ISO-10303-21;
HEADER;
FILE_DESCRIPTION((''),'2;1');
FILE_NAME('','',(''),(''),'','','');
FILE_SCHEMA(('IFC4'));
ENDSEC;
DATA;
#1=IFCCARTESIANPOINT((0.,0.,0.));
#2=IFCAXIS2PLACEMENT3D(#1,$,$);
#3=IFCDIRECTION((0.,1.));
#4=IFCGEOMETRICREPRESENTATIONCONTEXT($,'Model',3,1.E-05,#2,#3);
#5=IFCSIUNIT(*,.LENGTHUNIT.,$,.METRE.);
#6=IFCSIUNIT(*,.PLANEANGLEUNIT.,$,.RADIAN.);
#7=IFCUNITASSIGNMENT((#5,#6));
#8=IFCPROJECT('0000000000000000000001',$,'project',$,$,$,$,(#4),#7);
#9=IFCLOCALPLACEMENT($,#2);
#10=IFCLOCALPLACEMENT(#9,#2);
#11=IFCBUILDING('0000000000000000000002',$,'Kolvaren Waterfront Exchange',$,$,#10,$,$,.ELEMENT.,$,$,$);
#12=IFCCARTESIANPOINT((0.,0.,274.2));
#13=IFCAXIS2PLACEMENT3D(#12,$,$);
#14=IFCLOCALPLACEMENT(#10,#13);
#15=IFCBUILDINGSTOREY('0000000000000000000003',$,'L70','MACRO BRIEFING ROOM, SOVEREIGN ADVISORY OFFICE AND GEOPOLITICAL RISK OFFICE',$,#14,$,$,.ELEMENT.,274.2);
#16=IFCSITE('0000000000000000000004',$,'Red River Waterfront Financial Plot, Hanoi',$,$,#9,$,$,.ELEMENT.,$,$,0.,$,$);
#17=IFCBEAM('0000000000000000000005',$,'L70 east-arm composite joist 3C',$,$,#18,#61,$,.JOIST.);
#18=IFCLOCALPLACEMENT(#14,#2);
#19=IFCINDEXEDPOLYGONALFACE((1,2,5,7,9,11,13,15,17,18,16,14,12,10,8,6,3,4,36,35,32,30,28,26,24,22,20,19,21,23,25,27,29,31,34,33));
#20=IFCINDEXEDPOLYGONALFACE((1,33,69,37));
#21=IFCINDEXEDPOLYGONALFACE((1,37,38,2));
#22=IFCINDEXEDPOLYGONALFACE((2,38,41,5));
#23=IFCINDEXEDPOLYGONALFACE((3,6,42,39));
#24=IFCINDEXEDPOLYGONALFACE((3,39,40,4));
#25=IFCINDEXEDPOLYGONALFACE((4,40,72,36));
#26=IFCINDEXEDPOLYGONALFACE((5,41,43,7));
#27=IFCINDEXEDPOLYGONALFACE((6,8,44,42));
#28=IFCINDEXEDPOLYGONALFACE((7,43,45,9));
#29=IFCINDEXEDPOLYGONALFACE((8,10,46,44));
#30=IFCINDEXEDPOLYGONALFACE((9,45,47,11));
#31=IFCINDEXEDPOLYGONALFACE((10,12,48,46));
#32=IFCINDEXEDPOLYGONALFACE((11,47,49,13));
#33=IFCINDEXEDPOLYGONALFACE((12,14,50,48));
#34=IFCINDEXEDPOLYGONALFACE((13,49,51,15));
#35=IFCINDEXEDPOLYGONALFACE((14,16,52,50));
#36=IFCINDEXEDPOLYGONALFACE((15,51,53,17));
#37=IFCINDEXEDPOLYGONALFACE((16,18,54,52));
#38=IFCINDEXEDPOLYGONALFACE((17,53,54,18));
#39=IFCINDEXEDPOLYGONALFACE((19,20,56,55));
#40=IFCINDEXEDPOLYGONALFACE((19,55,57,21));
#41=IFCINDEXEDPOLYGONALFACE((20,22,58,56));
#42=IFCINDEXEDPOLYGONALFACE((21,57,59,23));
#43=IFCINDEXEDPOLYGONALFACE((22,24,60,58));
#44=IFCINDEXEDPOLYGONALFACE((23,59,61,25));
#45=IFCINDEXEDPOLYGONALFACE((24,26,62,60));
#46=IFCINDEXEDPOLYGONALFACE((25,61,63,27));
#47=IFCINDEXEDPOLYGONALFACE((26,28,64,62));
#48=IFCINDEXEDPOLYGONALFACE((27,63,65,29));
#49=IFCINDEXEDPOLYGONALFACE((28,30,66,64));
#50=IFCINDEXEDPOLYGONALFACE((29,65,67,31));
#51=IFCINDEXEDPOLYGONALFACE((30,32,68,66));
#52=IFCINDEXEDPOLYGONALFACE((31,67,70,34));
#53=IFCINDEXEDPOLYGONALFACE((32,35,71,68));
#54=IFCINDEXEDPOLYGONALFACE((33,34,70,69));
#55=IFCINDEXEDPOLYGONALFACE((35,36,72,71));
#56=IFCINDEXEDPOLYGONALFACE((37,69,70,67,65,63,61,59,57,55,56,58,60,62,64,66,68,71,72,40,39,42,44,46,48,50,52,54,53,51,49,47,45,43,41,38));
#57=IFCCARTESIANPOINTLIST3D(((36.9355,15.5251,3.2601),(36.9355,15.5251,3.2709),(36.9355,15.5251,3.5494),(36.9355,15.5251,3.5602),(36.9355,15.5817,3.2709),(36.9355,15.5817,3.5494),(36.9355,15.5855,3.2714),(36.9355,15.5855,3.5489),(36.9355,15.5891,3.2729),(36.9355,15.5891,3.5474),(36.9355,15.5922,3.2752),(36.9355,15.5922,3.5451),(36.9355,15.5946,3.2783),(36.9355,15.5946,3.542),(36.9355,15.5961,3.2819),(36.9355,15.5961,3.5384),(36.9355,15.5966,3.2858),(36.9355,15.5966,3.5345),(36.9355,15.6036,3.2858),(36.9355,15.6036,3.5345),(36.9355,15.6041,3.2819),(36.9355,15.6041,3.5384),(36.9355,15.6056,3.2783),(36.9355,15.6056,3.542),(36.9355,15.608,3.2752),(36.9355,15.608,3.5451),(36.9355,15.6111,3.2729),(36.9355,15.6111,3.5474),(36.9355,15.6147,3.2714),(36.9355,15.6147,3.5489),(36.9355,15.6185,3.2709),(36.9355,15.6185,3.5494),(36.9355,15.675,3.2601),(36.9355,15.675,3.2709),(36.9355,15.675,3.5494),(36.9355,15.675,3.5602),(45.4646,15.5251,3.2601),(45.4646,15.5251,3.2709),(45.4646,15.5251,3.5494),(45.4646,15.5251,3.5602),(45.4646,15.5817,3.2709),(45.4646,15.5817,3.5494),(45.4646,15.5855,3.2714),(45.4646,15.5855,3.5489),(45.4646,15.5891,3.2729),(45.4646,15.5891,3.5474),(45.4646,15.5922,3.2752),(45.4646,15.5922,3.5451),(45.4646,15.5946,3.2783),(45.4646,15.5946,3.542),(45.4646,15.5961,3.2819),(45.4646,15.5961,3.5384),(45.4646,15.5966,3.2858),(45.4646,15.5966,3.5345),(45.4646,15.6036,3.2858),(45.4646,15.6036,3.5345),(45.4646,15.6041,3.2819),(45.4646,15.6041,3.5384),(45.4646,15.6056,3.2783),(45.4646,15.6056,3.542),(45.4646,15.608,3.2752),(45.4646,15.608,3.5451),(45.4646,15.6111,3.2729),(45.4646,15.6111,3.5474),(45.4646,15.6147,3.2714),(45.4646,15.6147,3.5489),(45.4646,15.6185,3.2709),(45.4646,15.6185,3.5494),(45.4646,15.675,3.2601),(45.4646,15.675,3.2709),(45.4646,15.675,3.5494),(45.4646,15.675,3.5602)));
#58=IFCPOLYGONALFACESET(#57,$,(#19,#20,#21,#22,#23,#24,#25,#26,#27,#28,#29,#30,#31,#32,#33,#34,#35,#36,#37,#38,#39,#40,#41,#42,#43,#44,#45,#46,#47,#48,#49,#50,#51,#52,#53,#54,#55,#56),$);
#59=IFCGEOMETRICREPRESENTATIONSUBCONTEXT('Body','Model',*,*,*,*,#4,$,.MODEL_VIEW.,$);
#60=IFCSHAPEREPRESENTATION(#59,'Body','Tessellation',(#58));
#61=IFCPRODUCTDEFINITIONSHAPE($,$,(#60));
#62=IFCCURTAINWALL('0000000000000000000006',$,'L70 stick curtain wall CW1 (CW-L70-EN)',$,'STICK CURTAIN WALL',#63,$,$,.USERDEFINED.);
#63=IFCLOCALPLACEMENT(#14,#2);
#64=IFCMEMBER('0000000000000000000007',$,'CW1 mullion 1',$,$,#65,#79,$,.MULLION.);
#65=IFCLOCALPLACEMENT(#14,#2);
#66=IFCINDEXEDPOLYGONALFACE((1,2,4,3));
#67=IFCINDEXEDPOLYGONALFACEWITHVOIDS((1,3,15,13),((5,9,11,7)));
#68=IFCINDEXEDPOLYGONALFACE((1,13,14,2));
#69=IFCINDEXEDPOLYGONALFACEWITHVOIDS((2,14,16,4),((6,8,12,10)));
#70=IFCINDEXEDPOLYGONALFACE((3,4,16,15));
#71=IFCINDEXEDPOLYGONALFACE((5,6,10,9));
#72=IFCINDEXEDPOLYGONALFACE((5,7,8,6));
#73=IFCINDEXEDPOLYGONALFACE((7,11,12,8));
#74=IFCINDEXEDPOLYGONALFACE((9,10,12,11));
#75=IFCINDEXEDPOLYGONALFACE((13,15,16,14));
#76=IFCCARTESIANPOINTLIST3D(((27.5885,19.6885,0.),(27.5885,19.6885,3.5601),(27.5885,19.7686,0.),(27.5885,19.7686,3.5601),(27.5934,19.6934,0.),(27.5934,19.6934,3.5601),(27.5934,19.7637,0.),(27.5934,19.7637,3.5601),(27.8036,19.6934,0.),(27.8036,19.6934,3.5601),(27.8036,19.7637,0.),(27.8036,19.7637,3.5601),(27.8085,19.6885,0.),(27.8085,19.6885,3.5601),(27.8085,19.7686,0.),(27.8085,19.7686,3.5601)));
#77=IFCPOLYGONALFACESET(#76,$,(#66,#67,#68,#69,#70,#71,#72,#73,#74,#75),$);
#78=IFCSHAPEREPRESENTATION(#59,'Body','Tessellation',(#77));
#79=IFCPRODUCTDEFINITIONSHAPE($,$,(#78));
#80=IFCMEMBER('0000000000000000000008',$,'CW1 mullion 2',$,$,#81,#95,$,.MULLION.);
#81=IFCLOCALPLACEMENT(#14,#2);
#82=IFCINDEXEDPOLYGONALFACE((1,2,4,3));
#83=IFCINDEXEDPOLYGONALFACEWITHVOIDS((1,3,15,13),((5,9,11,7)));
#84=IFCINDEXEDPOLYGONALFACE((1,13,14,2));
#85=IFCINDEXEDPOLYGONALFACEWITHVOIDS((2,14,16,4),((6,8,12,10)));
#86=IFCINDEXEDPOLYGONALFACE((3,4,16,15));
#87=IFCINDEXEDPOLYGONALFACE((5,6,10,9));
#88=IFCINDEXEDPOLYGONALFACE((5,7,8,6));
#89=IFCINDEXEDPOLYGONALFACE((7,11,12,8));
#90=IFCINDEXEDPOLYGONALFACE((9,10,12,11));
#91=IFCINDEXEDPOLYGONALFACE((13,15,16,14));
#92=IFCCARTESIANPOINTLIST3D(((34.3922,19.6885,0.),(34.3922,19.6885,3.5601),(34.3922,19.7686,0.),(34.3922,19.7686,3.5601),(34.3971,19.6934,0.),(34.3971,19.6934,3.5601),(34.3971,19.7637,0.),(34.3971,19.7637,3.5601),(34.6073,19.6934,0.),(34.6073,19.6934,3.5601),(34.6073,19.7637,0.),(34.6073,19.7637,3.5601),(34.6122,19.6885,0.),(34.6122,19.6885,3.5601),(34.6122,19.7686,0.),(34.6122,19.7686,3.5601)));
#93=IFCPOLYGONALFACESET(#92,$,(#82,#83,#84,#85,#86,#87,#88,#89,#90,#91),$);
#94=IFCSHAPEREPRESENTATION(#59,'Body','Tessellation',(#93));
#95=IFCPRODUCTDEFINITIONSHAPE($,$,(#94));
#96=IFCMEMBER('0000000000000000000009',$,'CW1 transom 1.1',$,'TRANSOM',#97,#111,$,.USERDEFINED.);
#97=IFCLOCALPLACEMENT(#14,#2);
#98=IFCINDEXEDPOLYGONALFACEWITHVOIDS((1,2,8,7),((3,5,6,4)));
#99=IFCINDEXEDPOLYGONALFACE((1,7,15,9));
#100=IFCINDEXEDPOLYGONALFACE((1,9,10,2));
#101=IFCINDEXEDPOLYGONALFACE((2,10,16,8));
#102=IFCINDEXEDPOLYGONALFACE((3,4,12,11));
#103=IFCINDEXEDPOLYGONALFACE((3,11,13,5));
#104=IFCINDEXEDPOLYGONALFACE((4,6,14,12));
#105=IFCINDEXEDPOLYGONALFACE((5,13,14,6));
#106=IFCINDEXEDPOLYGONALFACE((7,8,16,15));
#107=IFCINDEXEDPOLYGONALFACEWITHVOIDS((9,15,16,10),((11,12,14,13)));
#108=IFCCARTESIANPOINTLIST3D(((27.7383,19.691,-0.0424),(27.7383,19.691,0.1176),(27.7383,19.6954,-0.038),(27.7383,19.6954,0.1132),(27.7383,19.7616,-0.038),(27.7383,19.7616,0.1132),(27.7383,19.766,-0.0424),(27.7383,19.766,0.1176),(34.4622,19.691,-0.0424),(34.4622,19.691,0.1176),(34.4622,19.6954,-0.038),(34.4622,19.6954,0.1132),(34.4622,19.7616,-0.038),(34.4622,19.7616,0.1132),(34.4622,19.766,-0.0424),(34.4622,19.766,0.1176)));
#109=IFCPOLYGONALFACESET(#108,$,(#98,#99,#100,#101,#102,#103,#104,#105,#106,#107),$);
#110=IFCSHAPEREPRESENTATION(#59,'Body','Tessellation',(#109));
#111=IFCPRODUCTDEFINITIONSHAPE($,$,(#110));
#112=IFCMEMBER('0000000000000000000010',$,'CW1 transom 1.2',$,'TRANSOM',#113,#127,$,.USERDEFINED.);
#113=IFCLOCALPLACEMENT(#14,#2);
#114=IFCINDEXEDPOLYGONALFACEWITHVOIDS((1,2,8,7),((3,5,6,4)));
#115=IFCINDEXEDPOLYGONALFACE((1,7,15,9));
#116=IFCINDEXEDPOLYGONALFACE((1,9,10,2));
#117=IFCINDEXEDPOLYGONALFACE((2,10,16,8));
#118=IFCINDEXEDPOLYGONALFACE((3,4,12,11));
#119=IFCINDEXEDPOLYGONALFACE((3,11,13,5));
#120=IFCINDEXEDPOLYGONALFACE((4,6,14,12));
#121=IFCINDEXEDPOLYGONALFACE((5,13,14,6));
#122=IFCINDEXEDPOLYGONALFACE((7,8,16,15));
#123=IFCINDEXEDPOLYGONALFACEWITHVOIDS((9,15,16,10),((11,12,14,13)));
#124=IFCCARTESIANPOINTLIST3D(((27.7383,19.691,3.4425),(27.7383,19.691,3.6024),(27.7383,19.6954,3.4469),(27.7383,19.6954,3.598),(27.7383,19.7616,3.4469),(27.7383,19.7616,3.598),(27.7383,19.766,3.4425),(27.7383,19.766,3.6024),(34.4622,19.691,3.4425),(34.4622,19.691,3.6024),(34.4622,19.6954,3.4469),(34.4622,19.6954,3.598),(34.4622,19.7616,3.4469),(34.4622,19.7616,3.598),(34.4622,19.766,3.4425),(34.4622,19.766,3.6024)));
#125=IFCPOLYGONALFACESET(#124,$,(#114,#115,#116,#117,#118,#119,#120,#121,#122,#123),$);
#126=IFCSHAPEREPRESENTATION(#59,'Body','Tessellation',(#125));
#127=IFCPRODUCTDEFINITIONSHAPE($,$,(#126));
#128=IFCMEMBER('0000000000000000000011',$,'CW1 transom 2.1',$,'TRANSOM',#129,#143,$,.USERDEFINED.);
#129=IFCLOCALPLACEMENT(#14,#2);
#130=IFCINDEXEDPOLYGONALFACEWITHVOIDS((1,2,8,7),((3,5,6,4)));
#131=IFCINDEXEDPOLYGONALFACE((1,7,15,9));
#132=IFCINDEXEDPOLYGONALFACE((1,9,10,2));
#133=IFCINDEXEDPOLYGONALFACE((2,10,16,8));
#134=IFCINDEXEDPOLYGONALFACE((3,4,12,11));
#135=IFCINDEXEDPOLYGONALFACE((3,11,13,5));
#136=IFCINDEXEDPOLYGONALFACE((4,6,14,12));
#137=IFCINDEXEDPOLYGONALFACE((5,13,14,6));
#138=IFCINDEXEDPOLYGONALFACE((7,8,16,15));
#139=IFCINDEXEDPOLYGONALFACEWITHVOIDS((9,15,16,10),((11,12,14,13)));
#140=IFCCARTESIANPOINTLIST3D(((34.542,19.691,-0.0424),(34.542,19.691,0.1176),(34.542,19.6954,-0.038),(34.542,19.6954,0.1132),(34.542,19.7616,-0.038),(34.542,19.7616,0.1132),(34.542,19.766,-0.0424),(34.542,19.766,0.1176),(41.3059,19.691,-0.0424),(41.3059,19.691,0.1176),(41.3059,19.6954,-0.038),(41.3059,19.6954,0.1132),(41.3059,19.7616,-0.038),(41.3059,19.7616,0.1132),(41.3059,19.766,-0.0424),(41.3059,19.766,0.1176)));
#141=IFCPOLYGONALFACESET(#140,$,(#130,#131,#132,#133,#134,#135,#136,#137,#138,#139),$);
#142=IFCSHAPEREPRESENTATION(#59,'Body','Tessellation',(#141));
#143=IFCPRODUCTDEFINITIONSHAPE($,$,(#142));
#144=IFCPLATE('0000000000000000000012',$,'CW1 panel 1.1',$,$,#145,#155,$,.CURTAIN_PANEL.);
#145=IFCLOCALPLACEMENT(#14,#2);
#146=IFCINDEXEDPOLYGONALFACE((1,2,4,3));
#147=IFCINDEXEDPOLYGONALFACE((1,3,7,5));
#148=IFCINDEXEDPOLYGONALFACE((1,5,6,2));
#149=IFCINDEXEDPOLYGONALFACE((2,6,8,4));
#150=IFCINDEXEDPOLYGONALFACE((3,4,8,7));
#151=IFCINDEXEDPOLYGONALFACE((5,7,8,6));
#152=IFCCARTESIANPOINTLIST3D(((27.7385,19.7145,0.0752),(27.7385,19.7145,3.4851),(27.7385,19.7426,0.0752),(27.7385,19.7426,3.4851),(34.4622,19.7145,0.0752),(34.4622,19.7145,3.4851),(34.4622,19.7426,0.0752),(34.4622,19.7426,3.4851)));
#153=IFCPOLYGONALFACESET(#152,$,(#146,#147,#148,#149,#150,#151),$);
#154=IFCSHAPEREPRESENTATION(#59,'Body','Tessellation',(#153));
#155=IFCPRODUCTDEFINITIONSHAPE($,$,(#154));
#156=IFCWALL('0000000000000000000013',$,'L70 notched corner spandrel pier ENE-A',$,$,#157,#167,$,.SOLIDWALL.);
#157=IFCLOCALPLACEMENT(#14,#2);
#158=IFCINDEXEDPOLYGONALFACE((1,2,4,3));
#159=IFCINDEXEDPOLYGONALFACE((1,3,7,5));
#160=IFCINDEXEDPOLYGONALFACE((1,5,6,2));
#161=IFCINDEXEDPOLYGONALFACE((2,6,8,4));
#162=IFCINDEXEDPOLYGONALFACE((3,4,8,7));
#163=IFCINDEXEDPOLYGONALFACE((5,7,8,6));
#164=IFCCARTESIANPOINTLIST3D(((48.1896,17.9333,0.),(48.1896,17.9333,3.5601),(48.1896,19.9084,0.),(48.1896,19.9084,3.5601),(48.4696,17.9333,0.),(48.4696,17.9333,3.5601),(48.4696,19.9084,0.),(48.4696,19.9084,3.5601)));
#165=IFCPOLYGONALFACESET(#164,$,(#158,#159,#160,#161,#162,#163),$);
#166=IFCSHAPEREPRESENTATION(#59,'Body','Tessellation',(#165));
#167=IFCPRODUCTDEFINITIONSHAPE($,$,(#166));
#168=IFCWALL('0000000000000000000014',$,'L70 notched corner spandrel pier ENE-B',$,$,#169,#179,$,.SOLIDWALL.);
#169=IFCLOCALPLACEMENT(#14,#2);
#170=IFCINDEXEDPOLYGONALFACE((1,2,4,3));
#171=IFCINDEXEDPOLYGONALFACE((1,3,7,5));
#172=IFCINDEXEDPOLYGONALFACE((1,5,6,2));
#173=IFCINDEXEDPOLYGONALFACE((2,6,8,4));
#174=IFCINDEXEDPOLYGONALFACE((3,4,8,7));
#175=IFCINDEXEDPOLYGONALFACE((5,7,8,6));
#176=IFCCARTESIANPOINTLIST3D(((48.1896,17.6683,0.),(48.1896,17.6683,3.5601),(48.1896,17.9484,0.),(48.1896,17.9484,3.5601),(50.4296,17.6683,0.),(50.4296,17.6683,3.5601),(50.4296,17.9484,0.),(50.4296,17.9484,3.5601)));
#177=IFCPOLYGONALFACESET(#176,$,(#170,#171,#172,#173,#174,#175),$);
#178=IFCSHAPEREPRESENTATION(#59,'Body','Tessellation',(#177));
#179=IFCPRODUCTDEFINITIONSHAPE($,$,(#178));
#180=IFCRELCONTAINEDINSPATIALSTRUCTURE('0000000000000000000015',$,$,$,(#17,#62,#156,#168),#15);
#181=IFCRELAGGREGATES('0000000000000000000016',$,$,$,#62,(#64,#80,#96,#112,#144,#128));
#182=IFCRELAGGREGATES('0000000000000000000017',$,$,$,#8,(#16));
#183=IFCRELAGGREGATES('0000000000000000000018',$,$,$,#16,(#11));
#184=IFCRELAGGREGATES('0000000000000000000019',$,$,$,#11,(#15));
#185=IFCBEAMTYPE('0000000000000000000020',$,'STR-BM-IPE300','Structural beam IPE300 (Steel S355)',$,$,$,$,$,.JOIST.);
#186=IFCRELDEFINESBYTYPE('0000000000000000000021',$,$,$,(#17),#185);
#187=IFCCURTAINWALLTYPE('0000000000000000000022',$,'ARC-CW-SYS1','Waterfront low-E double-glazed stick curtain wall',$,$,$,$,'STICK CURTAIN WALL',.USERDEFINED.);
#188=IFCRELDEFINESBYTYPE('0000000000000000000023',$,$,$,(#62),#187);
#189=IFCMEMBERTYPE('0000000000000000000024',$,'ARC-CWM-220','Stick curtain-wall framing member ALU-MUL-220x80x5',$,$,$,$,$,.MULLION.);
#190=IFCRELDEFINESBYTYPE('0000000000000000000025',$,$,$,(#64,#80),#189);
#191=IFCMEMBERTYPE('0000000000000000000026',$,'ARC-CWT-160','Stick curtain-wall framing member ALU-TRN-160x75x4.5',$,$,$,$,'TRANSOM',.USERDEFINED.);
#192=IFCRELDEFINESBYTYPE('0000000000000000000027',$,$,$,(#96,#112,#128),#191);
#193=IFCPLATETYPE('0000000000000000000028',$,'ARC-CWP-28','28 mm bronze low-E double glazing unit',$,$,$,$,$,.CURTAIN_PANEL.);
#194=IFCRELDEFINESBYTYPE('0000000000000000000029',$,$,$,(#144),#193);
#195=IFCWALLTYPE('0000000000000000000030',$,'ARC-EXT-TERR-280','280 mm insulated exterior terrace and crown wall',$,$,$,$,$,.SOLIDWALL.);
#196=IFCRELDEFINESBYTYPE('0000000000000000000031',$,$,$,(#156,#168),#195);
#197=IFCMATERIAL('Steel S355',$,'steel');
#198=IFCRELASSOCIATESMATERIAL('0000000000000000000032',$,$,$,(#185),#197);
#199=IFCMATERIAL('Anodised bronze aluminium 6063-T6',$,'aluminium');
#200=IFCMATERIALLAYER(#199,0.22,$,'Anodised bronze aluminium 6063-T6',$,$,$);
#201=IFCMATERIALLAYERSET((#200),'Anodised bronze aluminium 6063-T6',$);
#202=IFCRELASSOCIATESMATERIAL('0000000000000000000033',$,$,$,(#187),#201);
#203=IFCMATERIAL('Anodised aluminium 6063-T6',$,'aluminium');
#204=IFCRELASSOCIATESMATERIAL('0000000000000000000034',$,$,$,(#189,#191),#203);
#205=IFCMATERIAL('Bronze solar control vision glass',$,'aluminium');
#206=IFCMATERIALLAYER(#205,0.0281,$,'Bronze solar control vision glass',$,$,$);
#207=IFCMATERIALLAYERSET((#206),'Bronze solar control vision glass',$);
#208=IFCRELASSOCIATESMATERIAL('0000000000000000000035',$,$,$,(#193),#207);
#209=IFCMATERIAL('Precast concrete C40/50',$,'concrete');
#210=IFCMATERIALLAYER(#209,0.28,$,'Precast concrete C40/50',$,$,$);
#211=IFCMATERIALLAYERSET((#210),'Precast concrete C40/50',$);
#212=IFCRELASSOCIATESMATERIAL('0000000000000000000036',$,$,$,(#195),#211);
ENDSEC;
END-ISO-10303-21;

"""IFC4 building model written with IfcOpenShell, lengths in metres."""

from ifc_helpers import new_model, si_unit, direction, frame, frame_2d, origin, origin_with_axes, origin_2d, place, context, subcontext, project, spatial, rectangle, hollow_rectangle, i_section, extrude, source, transform, mapped, material, layer, layer_set, material_profile, profile_set, type_object, element, aggregate, save


model = new_model("IFC4")

# Units and contexts
model_context = context("Model", 3, precision=1e-05, world=origin(), true_north=direction((0.0, 1.0)))
body_context = subcontext(model_context, "Body", "Model", "MODEL_VIEW")
ifc_project = project(units=[si_unit("LENGTHUNIT", "METRE"), si_unit("PLANEANGLEUNIT", "RADIAN")], contexts=[model_context])

# Site, building, storey
site_placement = place(None, origin())
site = spatial("IfcSite", under=ifc_project, at=site_placement, Name="Red River Waterfront Financial Plot, Hanoi", CompositionType="ELEMENT", RefElevation=0.0)
building_placement = place(site_placement, origin())
building = spatial("IfcBuilding", under=site, at=building_placement, Name="Kolvaren Waterfront Exchange", CompositionType="ELEMENT")
storey_placement = place(building_placement, frame((0.0, 0.0, 274.2)))
storey = spatial("IfcBuildingStorey", under=building, at=storey_placement, Name="L70", Description="MACRO BRIEFING ROOM, SOVEREIGN ADVISORY OFFICE AND GEOPOLITICAL RISK OFFICE", CompositionType="ELEMENT", Elevation=274.2)

# Beam
ifc_material_1 = material(Name="Steel S355", Category="steel")
ifc_material_profile_1 = material_profile(ifc_material_1, i_section(OverallWidth=0.1499, OverallDepth=0.3, WebThickness=0.0071, FlangeThickness=0.0107, FilletRadius=0.0149, at=origin_2d()), Name="IPE300")
ifc_profile_set_1 = profile_set([ifc_material_profile_1], Name="Steel S355")
beam_type_1 = type_object("IfcBeamType", Name="STR-BM-IPE300", Description="Structural beam IPE300 (Steel S355)", PredefinedType="JOIST", material=ifc_profile_set_1)
for number, where, z_axis, x_axis, name in (
    (1, (36.9355, 15.6001, 3.4102), (1.0, 0.0, 0.0), (0.0, 1.0, 0.0), "L70 east-arm composite joist 3C"),
):
    element("IfcBeam", number, at=place(storey_placement, frame(where, z_axis=z_axis, x_axis=x_axis)), inside=storey, type_object=beam_type_1, Name=name, PredefinedType="JOIST", context=body_context, shape_type="SweptSolid", body=[
        extrude(i_section(OverallWidth=0.1499, OverallDepth=0.3, WebThickness=0.0071, FlangeThickness=0.0107, FilletRadius=0.0149, at=origin_2d()), origin(), (0.0, 0.0, 1.0), 8.5291),
    ])

# Curtain wall, members, plate
ifc_material_2 = material(Name="Anodised bronze aluminium 6063-T6", Category="aluminium")
ifc_layer_1 = layer(ifc_material_2, 0.22, Name="Anodised bronze aluminium 6063-T6")
ifc_layer_set_1 = layer_set([ifc_layer_1], Name="Anodised bronze aluminium 6063-T6")
curtain_wall_type = type_object("IfcCurtainWallType", Name="ARC-CW-SYS1", Description="Waterfront low-E double-glazed stick curtain wall", ElementType="STICK CURTAIN WALL", PredefinedType="USERDEFINED", material=ifc_layer_set_1)
curtain_wall_placement = place(storey_placement, origin())
curtain_wall = element("IfcCurtainWall", 2, at=curtain_wall_placement, inside=storey, type_object=curtain_wall_type, Name="L70 stick curtain wall CW1 (CW-L70-EN)", ObjectType="STICK CURTAIN WALL", PredefinedType="USERDEFINED")
ifc_material_3 = material(Name="Anodised aluminium 6063-T6", Category="aluminium")
ifc_material_profile_2 = material_profile(ifc_material_3, hollow_rectangle(XDim=0.0801, YDim=0.22, WallThickness=0.0049, at=origin_2d()), Name="ALU-MUL-220x80x5")
ifc_profile_set_2 = profile_set([ifc_material_profile_2], Name="Anodised aluminium 6063-T6")
member_type_1 = type_object("IfcMemberType", Name="ARC-CWM-220", Description="Stick curtain-wall framing member ALU-MUL-220x80x5", PredefinedType="MULLION", material=ifc_profile_set_2)
shared_shape_1 = source(origin_with_axes(), body_context, "Body", "SweptSolid", [
    extrude(hollow_rectangle(XDim=0.0801, YDim=0.22, WallThickness=0.0049, at=origin_2d()), origin(), (0.0, 0.0, 1.0), 3.5601),
])
member_1_placement = place(storey_placement, frame((27.6985, 19.7285, 0.0), z_axis=(0.0, 0.0, 1.0), x_axis=(0.0, 1.0, 0.0)))
member_1 = element("IfcMember", 3, at=member_1_placement, type_object=member_type_1, Name="CW1 mullion 1", PredefinedType="MULLION", context=body_context, shape_type="MappedRepresentation", body=[
    mapped(shared_shape_1, transform((0.0, 0.0, 0.0), x_axis=(1.0, 0.0, 0.0), y_axis=(0.0, 1.0, 0.0), z_axis=(0.0, 0.0, 1.0), scale=1.0)),
])
member_2_placement = place(storey_placement, frame((34.5022, 19.7285, 0.0), z_axis=(0.0, 0.0, 1.0), x_axis=(0.0, 1.0, 0.0)))
member_2 = element("IfcMember", 4, at=member_2_placement, type_object=member_type_1, Name="CW1 mullion 2", PredefinedType="MULLION", context=body_context, shape_type="MappedRepresentation", body=[
    mapped(shared_shape_1, transform((0.0, 0.0, 0.0), x_axis=(1.0, 0.0, 0.0), y_axis=(0.0, 1.0, 0.0), z_axis=(0.0, 0.0, 1.0), scale=1.0)),
])
ifc_material_profile_3 = material_profile(ifc_material_3, hollow_rectangle(XDim=0.075, YDim=0.1599, WallThickness=0.0044, at=origin_2d()), Name="ALU-TRN-160x75x4.5")
ifc_profile_set_3 = profile_set([ifc_material_profile_3], Name="Anodised aluminium 6063-T6")
member_type_2 = type_object("IfcMemberType", Name="ARC-CWT-160", Description="Stick curtain-wall framing member ALU-TRN-160x75x4.5", ElementType="TRANSOM", PredefinedType="USERDEFINED", material=ifc_profile_set_3)
shared_shape_2 = source(origin_with_axes(), body_context, "Body", "SweptSolid", [
    extrude(hollow_rectangle(XDim=0.075, YDim=0.1599, WallThickness=0.0044, at=origin_2d()), origin(), (0.0, 0.0, 1.0), 6.7239),
])
member_3_placement = place(storey_placement, frame((27.7383, 19.7285, 0.0376), z_axis=(1.0, 0.0, 0.0), x_axis=(0.0, 1.0, 0.0)))
member_3 = element("IfcMember", 5, at=member_3_placement, type_object=member_type_2, Name="CW1 transom 1.1", ObjectType="TRANSOM", PredefinedType="USERDEFINED", context=body_context, shape_type="MappedRepresentation", body=[
    mapped(shared_shape_2, transform((0.0, 0.0, 0.0), x_axis=(1.0, 0.0, 0.0), y_axis=(0.0, 1.0, 0.0), z_axis=(0.0, 0.0, 1.0), scale=1.0)),
])
member_4_placement = place(storey_placement, frame((27.7383, 19.7285, 3.5225), z_axis=(1.0, 0.0, 0.0), x_axis=(0.0, 1.0, 0.0)))
member_4 = element("IfcMember", 6, at=member_4_placement, type_object=member_type_2, Name="CW1 transom 1.2", ObjectType="TRANSOM", PredefinedType="USERDEFINED", context=body_context, shape_type="MappedRepresentation", body=[
    mapped(shared_shape_2, transform((0.0, 0.0, 0.0), x_axis=(1.0, 0.0, 0.0), y_axis=(0.0, 1.0, 0.0), z_axis=(0.0, 0.0, 1.0), scale=1.0)),
])
shared_shape_3 = source(origin_with_axes(), body_context, "Body", "SweptSolid", [
    extrude(hollow_rectangle(XDim=0.075, YDim=0.1599, WallThickness=0.0044, at=origin_2d()), origin(), (0.0, 0.0, 1.0), 6.7639),
])
member_5_placement = place(storey_placement, frame((34.542, 19.7285, 0.0376), z_axis=(1.0, 0.0, 0.0), x_axis=(0.0, 1.0, 0.0)))
member_5 = element("IfcMember", 7, at=member_5_placement, type_object=member_type_2, Name="CW1 transom 2.1", ObjectType="TRANSOM", PredefinedType="USERDEFINED", context=body_context, shape_type="MappedRepresentation", body=[
    mapped(shared_shape_3, transform((0.0, 0.0, 0.0), x_axis=(1.0, 0.0, 0.0), y_axis=(0.0, 1.0, 0.0), z_axis=(0.0, 0.0, 1.0), scale=1.0)),
])
ifc_material_4 = material(Name="Bronze solar control vision glass", Category="aluminium")
ifc_layer_2 = layer(ifc_material_4, 0.0281, Name="Bronze solar control vision glass")
ifc_layer_set_2 = layer_set([ifc_layer_2], Name="Bronze solar control vision glass")
plate_type = type_object("IfcPlateType", Name="ARC-CWP-28", Description="28 mm bronze low-E double glazing unit", PredefinedType="CURTAIN_PANEL", material=ifc_layer_set_2)
shared_shape_4 = source(origin_with_axes(), body_context, "Body", "SweptSolid", [
    extrude(rectangle(XDim=6.7236, YDim=0.0281, at=origin_2d()), origin(), (0.0, 0.0, 1.0), 3.4099),
])
plate_placement = place(storey_placement, frame((31.1003, 19.7285, 0.0752), z_axis=(0.0, 0.0, 1.0), x_axis=(1.0, 0.0, 0.0)))
plate = element("IfcPlate", 8, at=plate_placement, type_object=plate_type, Name="CW1 panel 1.1", PredefinedType="CURTAIN_PANEL", context=body_context, shape_type="MappedRepresentation", body=[
    mapped(shared_shape_4, transform((0.0, 0.0, 0.0), x_axis=(1.0, 0.0, 0.0), y_axis=(0.0, 1.0, 0.0), z_axis=(0.0, 0.0, 1.0), scale=1.0)),
])
aggregate(curtain_wall, [member_1, member_2, member_3, member_4, plate, member_5])

# Walls
ifc_material_5 = material(Name="Precast concrete C40/50", Category="concrete")
ifc_layer_3 = layer(ifc_material_5, 0.28, Name="Precast concrete C40/50")
ifc_layer_set_3 = layer_set([ifc_layer_3], Name="Precast concrete C40/50")
wall_type_1 = type_object("IfcWallType", Name="ARC-EXT-TERR-280", Description="280 mm insulated exterior terrace and crown wall", PredefinedType="SOLIDWALL", material=ifc_layer_set_3)
wall_1_placement = place(storey_placement, frame((48.3296, 17.9333, 0.0), z_axis=(0.0, 0.0, 1.0), x_axis=(0.0, 1.0, 0.0)))
element("IfcWall", 9, at=wall_1_placement, inside=storey, type_object=wall_type_1, Name="L70 notched corner spandrel pier ENE-A", PredefinedType="SOLIDWALL", context=body_context, shape_type="SweptSolid", body=[
    extrude(rectangle(XDim=1.9751, YDim=0.28, at=frame_2d((0.9875, 0.0))), origin(), (0.0, 0.0, 1.0), 3.5601),
])
wall_2_placement = place(storey_placement, frame((48.1895, 17.8083, 0.0), z_axis=(0.0, 0.0, 1.0), x_axis=(1.0, 0.0, 0.0)))
element("IfcWall", 10, at=wall_2_placement, inside=storey, type_object=wall_type_1, Name="L70 notched corner spandrel pier ENE-B", PredefinedType="SOLIDWALL", context=body_context, shape_type="SweptSolid", body=[
    extrude(rectangle(XDim=2.24, YDim=0.28, at=frame_2d((1.1201, 0.0))), origin(), (0.0, 0.0, 1.0), 3.5601),
])

save(model, "model.ifc")
